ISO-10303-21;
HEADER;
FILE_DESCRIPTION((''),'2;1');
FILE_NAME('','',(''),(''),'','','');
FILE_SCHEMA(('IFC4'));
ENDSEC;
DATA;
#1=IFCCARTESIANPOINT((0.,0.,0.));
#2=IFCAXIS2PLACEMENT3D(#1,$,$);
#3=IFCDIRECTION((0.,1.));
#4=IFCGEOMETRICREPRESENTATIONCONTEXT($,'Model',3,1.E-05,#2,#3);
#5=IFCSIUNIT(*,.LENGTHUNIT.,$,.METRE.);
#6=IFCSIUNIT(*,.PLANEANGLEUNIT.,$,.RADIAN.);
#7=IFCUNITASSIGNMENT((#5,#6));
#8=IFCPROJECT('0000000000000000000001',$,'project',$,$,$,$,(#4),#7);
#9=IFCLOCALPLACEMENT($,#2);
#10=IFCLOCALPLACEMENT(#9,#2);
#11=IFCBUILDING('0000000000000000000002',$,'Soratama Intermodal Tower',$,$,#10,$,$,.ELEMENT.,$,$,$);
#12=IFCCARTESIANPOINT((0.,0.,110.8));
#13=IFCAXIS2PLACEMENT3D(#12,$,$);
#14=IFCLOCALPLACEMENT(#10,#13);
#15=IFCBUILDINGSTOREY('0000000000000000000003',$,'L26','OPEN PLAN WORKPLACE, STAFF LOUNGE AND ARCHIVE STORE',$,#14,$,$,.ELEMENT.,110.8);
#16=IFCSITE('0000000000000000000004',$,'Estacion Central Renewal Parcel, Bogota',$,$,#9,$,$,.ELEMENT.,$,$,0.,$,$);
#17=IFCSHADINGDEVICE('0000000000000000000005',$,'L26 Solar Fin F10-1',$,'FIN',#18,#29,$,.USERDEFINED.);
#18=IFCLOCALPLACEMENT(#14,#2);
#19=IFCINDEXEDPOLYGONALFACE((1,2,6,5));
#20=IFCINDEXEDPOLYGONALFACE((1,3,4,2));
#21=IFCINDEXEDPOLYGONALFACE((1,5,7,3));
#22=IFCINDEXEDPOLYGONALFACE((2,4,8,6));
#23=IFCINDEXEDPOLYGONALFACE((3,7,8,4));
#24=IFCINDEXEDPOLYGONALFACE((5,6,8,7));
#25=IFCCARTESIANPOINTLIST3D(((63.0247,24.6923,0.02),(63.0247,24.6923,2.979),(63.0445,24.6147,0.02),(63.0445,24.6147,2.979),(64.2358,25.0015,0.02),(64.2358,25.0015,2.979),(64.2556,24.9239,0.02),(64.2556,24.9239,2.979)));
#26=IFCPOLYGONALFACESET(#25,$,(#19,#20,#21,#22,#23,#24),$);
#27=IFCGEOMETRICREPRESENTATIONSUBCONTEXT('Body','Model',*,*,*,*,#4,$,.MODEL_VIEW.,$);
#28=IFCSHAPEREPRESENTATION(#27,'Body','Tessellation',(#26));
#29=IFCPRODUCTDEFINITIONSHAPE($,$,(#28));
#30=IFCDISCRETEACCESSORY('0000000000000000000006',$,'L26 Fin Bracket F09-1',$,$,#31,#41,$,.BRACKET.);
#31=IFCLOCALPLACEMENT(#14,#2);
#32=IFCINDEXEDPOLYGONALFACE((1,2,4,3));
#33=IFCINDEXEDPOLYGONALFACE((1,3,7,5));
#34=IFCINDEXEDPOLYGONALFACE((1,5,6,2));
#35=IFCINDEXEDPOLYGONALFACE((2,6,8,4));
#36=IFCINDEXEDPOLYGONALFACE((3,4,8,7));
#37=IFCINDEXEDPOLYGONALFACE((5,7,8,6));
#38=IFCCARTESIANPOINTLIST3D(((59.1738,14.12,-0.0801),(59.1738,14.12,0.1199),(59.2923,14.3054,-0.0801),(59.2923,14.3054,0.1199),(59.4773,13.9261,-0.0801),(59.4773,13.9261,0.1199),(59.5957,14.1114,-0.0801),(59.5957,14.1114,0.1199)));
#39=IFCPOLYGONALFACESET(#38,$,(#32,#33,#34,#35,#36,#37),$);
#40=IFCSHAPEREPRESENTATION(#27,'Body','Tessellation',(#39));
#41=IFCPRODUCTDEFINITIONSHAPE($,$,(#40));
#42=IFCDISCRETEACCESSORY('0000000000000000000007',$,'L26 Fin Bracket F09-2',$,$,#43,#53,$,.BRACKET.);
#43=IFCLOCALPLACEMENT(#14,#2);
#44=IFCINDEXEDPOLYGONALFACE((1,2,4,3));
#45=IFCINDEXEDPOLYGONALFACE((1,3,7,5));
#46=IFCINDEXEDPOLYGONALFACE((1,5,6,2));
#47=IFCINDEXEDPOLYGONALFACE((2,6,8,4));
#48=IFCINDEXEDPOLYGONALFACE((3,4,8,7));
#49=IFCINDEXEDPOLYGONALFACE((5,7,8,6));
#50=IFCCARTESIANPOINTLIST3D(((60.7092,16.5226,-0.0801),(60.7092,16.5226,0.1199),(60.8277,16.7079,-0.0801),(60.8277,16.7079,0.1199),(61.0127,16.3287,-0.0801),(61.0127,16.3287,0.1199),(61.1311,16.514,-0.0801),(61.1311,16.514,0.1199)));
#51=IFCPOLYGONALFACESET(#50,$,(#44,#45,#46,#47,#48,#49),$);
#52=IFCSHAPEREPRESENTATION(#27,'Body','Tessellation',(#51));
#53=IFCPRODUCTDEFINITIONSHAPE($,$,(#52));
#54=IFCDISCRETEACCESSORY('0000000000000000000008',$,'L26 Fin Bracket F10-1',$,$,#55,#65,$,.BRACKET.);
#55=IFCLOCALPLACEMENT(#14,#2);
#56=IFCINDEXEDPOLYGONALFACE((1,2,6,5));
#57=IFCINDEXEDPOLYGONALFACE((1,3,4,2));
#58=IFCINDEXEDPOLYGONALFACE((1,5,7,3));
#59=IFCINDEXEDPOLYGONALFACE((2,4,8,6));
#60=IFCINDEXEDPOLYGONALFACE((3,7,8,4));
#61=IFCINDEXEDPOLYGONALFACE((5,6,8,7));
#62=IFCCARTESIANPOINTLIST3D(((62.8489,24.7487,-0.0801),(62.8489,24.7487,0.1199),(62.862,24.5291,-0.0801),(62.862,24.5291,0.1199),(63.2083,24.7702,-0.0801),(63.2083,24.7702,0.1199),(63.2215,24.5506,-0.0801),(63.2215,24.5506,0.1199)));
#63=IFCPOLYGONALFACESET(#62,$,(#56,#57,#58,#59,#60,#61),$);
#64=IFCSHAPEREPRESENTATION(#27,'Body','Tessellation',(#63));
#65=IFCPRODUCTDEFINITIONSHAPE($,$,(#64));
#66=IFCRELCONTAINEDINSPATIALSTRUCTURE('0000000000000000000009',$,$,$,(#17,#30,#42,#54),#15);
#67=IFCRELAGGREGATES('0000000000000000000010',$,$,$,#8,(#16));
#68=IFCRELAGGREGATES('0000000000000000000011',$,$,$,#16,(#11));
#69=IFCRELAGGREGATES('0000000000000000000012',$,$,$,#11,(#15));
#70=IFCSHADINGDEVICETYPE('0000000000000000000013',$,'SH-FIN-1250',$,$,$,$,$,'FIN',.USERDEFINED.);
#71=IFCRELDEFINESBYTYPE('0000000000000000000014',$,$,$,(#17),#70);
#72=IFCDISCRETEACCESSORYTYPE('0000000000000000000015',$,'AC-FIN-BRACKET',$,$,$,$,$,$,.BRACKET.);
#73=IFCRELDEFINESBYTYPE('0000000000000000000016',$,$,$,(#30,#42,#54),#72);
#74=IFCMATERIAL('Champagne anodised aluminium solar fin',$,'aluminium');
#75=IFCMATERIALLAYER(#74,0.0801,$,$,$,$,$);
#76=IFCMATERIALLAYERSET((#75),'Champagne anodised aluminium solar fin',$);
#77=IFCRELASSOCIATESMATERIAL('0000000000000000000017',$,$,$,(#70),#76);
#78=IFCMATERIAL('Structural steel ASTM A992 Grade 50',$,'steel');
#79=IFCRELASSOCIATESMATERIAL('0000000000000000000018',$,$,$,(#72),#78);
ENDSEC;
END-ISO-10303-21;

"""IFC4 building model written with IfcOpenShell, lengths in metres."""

from ifc_helpers import new_model, si_unit, direction, frame, origin, origin_2d, place, context, subcontext, project, spatial, rectangle, extrude, material, layer, layer_set, type_object, element, save


model = new_model("IFC4")

# Units and contexts
model_context = context("Model", 3, precision=1e-05, world=origin(), true_north=direction((0.0, 1.0)))
body_context = subcontext(model_context, "Body", "Model", "MODEL_VIEW")
ifc_project = project(units=[si_unit("LENGTHUNIT", "METRE"), si_unit("PLANEANGLEUNIT", "RADIAN")], contexts=[model_context])

# Site, building, storey
site_placement = place(None, origin())
site = spatial("IfcSite", under=ifc_project, at=site_placement, Name="Estacion Central Renewal Parcel, Bogota", CompositionType="ELEMENT", RefElevation=0.0)
building_placement = place(site_placement, origin())
building = spatial("IfcBuilding", under=site, at=building_placement, Name="Soratama Intermodal Tower", CompositionType="ELEMENT")
storey_placement = place(building_placement, frame((0.0, 0.0, 110.8)))
storey = spatial("IfcBuildingStorey", under=building, at=storey_placement, Name="L26", Description="OPEN PLAN WORKPLACE, STAFF LOUNGE AND ARCHIVE STORE", CompositionType="ELEMENT", Elevation=110.8)

# Shading device
ifc_material_1 = material(Name="Champagne anodised aluminium solar fin", Category="aluminium")
ifc_layer_1 = layer(ifc_material_1, 0.0801)
ifc_layer_set_1 = layer_set([ifc_layer_1], Name="Champagne anodised aluminium solar fin")
shading_device_type = type_object("IfcShadingDeviceType", Name="SH-FIN-1250", ElementType="FIN", PredefinedType="USERDEFINED", material=ifc_layer_set_1)
for number, where, z_axis, x_axis, name in (
    (1, (63.6401, 24.8081, 0.02), (0.0, 0.0, 1.0), (0.968929, 0.247337, 0.0), "L26 Solar Fin F10-1"),
):
    element("IfcShadingDevice", number, at=place(storey_placement, frame(where, z_axis=z_axis, x_axis=x_axis)), inside=storey, type_object=shading_device_type, Name=name, ObjectType="FIN", PredefinedType="USERDEFINED", context=body_context, shape_type="SweptSolid", body=[
        extrude(rectangle(XDim=1.25, YDim=0.0801, at=origin_2d()), origin(), (0.0, 0.0, 1.0), 2.959),
    ])

# Discrete accessories
ifc_material_2 = material(Name="Structural steel ASTM A992 Grade 50", Category="steel")
discrete_accessory_type = type_object("IfcDiscreteAccessoryType", Name="AC-FIN-BRACKET", PredefinedType="BRACKET", material=ifc_material_2)
for number, where, z_axis, x_axis, name in (
    (2, (59.3848, 14.1157, -0.0801), (0.0, 0.0, 1.0), (0.84264, -0.538477, 0.0), "L26 Fin Bracket F09-1"),
    (3, (60.9202, 16.5183, -0.0801), (0.0, 0.0, 1.0), (0.84264, -0.538477, 0.0), "L26 Fin Bracket F09-2"),
    (4, (63.0352, 24.6497, -0.0801), (0.0, 0.0, 1.0), (0.998219, 0.059655, 0.0), "L26 Fin Bracket F10-1"),
):
    element("IfcDiscreteAccessory", number, at=place(storey_placement, frame(where, z_axis=z_axis, x_axis=x_axis)), inside=storey, type_object=discrete_accessory_type, Name=name, PredefinedType="BRACKET", context=body_context, shape_type="SweptSolid", body=[
        extrude(rectangle(XDim=0.3601, YDim=0.22, at=origin_2d()), origin(), (0.0, 0.0, 1.0), 0.2),
    ])

save(model, "model.ifc")
